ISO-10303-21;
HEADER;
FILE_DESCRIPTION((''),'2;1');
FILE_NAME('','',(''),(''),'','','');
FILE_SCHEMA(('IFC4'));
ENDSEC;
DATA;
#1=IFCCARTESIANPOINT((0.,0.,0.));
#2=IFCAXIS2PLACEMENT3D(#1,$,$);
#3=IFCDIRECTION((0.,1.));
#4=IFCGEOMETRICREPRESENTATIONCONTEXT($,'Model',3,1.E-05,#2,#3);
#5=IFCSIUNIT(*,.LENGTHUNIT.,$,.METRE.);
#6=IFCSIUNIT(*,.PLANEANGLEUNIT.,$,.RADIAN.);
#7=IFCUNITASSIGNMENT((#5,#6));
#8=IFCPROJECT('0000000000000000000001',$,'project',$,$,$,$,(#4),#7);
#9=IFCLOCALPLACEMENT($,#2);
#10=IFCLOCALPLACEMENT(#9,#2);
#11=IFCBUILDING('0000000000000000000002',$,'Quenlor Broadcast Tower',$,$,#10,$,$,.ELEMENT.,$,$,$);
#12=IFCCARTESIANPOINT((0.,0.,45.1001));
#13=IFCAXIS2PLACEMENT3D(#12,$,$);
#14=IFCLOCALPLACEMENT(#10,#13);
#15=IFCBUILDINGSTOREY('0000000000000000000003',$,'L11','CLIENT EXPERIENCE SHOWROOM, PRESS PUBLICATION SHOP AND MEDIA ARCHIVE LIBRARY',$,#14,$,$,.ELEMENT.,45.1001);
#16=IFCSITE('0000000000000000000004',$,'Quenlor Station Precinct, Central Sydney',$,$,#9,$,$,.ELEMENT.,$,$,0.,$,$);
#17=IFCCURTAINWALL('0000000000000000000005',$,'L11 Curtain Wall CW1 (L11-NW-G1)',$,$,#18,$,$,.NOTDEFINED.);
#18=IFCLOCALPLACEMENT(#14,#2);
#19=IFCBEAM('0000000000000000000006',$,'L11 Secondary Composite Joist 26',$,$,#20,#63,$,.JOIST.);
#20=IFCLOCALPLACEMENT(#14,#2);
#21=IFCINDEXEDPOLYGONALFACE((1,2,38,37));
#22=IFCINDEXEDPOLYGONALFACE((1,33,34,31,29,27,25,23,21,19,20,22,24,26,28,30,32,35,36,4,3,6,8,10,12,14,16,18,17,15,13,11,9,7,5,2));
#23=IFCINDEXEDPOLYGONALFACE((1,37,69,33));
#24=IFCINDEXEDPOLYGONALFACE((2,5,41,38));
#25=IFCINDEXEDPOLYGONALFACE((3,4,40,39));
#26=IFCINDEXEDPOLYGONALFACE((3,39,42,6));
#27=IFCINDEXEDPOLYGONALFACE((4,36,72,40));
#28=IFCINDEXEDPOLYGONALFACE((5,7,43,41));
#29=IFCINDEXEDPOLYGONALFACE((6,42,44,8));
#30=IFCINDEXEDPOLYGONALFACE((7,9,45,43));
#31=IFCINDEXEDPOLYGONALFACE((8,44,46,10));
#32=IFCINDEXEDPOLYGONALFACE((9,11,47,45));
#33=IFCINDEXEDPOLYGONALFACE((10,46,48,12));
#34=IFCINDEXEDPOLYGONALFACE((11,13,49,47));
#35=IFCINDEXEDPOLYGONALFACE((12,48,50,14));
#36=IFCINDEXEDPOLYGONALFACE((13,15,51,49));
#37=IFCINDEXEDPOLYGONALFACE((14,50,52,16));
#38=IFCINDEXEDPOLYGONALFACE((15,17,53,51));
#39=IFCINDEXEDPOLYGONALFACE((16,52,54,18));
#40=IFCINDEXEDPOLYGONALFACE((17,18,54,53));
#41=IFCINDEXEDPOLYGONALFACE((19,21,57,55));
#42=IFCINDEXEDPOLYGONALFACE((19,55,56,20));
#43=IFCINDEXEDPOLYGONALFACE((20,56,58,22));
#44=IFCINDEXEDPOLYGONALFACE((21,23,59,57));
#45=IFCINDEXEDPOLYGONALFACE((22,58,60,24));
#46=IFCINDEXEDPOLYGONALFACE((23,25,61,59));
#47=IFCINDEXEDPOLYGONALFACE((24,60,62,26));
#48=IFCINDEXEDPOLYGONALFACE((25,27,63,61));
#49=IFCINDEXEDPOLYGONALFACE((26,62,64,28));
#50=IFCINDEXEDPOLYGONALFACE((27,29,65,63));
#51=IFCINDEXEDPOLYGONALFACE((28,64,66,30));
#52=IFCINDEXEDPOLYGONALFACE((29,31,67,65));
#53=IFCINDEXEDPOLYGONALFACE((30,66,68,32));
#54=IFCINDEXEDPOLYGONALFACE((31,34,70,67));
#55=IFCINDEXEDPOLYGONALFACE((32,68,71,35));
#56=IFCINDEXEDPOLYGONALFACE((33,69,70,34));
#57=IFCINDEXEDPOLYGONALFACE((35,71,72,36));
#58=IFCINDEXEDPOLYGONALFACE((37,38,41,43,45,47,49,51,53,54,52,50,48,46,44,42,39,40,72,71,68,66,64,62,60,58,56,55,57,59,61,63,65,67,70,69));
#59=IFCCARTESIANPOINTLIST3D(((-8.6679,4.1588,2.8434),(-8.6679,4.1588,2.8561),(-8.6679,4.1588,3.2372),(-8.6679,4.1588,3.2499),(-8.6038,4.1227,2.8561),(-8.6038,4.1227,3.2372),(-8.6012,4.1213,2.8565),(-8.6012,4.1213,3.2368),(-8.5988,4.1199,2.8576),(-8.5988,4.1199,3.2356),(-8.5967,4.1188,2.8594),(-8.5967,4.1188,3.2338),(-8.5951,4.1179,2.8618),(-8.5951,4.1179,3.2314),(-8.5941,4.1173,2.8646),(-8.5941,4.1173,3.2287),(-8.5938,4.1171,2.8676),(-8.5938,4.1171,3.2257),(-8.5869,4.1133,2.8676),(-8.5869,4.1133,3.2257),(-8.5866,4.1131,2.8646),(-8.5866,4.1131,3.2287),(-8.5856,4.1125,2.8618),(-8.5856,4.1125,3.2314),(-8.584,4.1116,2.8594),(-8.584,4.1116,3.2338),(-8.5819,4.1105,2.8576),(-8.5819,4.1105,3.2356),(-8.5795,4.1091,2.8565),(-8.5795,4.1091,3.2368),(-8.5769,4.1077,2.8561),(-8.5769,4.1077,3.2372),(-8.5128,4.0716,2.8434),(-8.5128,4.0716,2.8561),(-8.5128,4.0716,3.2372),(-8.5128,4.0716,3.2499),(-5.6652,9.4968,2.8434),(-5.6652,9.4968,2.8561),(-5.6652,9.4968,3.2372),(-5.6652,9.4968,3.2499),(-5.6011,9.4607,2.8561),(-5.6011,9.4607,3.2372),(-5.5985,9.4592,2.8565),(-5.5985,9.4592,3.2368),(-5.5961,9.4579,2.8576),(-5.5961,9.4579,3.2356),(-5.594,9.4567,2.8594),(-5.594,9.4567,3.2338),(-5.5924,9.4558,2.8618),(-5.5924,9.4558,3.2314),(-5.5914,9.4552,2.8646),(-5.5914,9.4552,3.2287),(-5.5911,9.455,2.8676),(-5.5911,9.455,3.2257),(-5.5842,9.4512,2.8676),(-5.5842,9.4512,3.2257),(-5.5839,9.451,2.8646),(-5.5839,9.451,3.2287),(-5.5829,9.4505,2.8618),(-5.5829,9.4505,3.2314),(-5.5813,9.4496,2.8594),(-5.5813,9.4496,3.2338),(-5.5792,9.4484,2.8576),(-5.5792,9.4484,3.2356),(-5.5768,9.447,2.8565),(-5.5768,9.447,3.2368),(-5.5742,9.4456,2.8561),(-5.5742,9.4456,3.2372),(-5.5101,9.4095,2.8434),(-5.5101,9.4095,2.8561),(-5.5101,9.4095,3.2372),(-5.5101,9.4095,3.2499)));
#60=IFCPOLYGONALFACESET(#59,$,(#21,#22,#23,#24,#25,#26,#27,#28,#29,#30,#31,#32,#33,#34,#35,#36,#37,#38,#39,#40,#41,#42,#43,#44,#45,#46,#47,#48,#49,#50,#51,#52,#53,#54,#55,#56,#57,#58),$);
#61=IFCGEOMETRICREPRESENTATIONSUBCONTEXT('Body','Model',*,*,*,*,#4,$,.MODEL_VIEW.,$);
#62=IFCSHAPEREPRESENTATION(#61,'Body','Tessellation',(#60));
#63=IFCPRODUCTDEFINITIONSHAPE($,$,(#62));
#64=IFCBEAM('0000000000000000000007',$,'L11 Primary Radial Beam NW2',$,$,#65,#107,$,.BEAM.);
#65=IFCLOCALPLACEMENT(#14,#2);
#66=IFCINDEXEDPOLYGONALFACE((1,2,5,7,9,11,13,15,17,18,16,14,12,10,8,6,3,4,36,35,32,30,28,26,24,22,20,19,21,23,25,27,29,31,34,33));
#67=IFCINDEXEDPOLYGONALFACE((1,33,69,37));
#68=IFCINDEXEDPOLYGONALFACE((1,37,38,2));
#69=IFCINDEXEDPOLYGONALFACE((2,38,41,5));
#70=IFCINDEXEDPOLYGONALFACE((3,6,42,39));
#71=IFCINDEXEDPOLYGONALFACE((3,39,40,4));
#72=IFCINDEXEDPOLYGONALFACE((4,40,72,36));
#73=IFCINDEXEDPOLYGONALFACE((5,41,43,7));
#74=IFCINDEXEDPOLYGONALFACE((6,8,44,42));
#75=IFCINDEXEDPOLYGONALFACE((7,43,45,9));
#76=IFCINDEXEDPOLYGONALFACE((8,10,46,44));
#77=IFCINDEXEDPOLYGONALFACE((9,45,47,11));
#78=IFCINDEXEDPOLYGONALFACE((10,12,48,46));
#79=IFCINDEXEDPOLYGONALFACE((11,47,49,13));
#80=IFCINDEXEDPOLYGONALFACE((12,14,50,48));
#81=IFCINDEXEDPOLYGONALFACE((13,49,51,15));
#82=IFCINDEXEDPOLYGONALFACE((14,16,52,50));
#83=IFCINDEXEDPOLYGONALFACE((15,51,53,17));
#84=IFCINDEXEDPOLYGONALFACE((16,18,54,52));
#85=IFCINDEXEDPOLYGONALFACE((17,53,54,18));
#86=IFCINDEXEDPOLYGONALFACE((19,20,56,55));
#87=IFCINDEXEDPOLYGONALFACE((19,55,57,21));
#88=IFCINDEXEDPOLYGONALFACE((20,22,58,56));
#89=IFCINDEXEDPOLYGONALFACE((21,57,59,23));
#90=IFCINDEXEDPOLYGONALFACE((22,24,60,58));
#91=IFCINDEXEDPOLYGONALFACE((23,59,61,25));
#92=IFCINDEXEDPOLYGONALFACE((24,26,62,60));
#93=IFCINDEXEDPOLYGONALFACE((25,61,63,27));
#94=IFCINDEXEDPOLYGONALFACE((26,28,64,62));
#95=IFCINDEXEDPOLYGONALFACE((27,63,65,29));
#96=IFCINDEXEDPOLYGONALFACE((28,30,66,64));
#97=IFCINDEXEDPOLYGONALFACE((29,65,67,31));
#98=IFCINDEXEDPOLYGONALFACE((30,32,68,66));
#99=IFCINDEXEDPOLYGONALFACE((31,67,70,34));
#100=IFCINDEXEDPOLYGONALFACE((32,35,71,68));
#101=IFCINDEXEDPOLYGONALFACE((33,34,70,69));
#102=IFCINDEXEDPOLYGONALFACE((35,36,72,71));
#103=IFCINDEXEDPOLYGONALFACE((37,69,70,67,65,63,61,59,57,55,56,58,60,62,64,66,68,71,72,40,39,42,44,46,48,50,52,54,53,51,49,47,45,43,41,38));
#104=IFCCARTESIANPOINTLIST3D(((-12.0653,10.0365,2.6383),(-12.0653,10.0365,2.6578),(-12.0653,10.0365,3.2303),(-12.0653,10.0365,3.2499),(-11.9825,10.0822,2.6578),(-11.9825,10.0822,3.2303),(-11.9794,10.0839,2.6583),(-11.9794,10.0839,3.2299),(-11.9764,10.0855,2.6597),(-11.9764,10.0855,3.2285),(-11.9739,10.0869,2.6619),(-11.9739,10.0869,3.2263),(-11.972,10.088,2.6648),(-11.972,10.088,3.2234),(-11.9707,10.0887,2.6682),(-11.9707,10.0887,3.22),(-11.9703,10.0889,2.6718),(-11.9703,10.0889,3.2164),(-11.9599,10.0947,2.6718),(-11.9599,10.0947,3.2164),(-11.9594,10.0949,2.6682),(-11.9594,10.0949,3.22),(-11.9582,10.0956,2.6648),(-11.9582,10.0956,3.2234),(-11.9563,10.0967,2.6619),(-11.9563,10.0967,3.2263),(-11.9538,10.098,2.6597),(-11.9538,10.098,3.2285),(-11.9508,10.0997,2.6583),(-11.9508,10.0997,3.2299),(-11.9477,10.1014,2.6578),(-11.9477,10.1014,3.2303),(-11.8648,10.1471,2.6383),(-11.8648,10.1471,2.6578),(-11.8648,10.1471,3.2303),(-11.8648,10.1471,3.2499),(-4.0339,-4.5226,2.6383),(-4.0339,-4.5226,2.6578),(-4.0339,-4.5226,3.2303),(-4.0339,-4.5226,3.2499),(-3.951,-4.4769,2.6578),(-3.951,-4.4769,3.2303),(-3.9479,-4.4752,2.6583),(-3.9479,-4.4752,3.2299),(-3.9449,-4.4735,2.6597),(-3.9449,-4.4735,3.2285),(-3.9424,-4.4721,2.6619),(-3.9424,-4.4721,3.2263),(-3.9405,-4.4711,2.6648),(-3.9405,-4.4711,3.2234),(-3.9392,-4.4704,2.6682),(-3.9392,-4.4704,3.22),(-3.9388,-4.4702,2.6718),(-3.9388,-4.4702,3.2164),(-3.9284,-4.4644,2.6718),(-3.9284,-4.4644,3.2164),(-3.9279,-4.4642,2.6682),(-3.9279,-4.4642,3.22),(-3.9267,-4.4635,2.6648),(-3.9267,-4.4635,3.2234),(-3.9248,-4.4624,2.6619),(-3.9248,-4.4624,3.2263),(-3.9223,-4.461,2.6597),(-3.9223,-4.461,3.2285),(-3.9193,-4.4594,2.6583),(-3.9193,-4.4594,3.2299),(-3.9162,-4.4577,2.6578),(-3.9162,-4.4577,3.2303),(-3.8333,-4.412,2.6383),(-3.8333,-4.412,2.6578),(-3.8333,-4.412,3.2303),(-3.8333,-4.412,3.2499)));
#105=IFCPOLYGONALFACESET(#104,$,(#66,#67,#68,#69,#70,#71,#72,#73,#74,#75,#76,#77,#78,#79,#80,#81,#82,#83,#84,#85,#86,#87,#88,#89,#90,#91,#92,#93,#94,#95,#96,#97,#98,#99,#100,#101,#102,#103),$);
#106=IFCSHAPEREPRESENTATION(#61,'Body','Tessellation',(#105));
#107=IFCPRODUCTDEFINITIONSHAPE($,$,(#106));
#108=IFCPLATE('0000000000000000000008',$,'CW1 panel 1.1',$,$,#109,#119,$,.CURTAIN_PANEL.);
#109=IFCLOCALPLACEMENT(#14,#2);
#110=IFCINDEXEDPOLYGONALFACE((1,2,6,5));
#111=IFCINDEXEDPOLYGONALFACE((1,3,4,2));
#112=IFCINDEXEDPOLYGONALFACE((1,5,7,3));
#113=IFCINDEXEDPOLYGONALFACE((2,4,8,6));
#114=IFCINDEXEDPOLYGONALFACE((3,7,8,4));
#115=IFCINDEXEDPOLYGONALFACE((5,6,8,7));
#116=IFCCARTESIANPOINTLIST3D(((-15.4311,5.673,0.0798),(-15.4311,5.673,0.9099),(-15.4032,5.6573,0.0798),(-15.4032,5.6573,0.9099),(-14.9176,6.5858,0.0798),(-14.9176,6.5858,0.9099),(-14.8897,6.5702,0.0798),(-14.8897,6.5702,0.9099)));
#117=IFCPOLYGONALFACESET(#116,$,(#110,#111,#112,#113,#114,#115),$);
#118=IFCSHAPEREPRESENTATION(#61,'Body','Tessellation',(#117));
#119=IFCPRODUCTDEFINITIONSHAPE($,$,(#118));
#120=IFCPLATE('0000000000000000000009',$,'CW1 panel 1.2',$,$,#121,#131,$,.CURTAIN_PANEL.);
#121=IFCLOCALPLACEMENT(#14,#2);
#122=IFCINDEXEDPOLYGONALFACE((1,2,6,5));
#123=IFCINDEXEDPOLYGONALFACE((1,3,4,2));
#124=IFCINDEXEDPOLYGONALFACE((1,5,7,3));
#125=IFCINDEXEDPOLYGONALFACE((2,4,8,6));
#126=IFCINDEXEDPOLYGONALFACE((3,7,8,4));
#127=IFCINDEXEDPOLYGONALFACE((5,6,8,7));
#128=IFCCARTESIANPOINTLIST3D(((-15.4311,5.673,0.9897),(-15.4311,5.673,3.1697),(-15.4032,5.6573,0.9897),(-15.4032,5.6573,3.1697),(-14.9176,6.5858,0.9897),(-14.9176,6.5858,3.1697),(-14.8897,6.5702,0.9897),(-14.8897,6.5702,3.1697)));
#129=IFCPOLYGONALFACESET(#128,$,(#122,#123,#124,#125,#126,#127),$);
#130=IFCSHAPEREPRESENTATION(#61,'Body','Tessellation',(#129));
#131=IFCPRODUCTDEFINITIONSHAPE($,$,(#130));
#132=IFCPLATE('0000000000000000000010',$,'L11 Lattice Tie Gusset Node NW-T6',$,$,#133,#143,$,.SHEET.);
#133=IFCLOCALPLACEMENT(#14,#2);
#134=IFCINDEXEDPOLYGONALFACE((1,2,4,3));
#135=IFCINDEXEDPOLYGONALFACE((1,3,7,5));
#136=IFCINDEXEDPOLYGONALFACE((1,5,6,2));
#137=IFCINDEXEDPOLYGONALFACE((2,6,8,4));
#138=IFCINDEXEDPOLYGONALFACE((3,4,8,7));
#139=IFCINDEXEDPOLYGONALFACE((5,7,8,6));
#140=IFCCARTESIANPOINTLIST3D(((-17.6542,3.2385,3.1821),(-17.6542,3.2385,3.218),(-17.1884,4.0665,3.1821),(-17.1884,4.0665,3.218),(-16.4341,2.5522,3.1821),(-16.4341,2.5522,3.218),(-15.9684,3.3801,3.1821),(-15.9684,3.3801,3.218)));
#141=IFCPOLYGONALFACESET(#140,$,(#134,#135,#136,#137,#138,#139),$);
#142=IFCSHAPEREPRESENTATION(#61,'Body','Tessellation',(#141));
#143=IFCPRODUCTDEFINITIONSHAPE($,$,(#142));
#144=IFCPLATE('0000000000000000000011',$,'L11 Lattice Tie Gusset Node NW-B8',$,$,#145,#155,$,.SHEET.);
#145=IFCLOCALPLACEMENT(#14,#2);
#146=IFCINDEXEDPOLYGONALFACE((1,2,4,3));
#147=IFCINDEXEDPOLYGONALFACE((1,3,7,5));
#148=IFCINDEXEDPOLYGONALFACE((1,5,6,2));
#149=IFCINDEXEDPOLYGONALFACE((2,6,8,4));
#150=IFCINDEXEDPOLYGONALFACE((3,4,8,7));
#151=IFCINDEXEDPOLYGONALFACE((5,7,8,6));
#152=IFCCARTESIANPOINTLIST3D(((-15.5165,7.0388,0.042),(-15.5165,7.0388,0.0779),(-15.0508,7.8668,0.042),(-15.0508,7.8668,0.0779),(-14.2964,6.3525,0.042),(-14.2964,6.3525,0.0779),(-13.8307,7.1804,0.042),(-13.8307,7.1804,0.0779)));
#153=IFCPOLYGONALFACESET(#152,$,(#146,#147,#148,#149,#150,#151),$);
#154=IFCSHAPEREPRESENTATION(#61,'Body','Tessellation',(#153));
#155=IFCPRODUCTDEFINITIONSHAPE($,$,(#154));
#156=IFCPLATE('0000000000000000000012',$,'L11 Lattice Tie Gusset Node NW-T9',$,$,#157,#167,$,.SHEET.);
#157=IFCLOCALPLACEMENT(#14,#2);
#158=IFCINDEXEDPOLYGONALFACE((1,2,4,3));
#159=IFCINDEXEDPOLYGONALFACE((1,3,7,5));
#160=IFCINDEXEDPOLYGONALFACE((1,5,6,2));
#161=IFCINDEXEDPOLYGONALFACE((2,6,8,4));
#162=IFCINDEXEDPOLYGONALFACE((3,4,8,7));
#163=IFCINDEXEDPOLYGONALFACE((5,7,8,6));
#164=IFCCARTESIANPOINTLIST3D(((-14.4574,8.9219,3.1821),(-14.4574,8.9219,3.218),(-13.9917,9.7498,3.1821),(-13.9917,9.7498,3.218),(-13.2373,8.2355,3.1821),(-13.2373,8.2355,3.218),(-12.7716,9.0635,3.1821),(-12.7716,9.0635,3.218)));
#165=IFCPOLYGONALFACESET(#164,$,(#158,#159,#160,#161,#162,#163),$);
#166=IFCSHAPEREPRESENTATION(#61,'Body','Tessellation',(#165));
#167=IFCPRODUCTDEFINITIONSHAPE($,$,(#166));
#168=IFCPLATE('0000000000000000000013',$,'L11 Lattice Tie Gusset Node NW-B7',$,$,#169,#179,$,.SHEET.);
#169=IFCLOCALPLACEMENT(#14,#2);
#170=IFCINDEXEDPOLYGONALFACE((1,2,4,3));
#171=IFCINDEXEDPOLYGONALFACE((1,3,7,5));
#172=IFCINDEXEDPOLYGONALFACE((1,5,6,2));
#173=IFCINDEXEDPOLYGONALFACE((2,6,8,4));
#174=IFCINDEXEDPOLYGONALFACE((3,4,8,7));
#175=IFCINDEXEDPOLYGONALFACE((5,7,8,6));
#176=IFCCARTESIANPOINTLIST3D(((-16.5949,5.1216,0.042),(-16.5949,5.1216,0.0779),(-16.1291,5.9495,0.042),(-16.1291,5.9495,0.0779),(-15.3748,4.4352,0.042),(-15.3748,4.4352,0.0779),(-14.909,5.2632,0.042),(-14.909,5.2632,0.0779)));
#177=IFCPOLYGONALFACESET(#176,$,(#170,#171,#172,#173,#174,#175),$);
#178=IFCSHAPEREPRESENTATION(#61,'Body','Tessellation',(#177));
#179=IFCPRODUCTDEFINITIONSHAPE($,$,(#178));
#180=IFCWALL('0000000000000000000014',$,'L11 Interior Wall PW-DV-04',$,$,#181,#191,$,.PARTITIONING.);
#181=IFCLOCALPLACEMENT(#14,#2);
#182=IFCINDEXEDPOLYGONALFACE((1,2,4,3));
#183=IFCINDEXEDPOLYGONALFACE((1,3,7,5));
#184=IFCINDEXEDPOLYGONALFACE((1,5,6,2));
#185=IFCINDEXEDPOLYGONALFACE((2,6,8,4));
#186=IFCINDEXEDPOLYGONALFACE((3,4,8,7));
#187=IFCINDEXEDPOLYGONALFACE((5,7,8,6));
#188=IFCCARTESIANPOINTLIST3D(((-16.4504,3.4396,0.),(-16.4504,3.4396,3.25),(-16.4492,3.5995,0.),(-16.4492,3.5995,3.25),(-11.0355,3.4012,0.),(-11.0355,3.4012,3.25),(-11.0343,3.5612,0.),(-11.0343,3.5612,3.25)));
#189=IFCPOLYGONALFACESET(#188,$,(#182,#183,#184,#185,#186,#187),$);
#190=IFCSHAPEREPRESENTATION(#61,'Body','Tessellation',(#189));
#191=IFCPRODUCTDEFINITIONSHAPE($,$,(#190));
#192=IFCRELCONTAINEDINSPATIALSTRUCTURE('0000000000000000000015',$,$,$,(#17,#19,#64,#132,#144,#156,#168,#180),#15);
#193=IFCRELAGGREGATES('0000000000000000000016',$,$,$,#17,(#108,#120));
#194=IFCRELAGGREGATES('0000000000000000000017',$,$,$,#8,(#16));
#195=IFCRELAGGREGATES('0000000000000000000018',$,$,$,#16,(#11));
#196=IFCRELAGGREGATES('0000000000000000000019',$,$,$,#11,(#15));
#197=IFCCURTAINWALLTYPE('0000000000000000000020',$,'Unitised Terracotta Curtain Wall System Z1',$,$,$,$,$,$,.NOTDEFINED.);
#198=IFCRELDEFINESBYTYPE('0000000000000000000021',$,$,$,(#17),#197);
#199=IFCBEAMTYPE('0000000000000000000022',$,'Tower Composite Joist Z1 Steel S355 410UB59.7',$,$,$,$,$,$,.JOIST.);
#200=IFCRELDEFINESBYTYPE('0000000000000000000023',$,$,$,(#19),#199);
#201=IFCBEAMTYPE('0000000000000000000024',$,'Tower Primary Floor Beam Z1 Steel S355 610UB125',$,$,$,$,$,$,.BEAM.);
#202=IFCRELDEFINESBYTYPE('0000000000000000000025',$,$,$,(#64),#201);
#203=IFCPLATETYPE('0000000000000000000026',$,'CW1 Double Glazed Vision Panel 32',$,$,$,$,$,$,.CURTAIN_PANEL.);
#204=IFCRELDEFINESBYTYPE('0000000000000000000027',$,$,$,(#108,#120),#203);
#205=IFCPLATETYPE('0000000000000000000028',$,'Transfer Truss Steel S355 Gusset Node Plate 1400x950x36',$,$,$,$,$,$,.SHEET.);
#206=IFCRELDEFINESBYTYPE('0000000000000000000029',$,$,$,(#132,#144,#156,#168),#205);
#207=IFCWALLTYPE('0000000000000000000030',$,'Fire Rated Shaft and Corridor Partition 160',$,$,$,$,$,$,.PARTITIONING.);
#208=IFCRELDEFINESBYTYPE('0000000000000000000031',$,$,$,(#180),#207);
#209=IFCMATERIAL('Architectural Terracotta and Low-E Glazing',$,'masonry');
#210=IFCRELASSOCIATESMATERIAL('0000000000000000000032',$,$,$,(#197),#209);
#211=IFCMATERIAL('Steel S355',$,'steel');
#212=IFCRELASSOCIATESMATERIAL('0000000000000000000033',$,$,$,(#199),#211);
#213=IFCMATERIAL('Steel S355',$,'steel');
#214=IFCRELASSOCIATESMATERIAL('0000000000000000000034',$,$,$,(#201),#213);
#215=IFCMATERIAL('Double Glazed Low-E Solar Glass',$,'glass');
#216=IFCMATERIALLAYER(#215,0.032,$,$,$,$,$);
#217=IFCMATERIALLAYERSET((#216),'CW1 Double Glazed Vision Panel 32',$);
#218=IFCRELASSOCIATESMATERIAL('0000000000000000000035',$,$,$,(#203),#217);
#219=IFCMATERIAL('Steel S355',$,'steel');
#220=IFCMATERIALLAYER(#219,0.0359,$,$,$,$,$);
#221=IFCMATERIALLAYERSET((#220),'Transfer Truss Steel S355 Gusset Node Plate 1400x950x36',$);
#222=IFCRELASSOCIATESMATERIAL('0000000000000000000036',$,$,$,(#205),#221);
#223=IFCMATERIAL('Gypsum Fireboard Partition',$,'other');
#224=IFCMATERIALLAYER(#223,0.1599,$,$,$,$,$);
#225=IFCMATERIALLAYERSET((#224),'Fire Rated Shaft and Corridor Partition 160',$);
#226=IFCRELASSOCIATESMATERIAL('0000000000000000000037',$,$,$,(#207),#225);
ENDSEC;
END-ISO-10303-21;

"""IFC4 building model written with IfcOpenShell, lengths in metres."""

from ifc_helpers import new_model, si_unit, direction, frame, frame_2d, origin, origin_2d, place, context, subcontext, project, spatial, rectangle, i_section, extrude, material, layer, layer_set, material_profile, profile_set, type_object, element, aggregate, save


model = new_model("IFC4")

# Units and contexts
model_context = context("Model", 3, precision=1e-05, world=origin(), true_north=direction((0.0, 1.0)))
body_context = subcontext(model_context, "Body", "Model", "MODEL_VIEW")
ifc_project = project(units=[si_unit("LENGTHUNIT", "METRE"), si_unit("PLANEANGLEUNIT", "RADIAN")], contexts=[model_context])

# Site, building, storey
site_placement = place(None, origin())
site = spatial("IfcSite", under=ifc_project, at=site_placement, Name="Quenlor Station Precinct, Central Sydney", CompositionType="ELEMENT", RefElevation=0.0)
building_placement = place(site_placement, origin())
building = spatial("IfcBuilding", under=site, at=building_placement, Name="Quenlor Broadcast Tower", CompositionType="ELEMENT")
storey_placement = place(building_placement, frame((0.0, 0.0, 45.1001)))
storey = spatial("IfcBuildingStorey", under=building, at=storey_placement, Name="L11", Description="CLIENT EXPERIENCE SHOWROOM, PRESS PUBLICATION SHOP AND MEDIA ARCHIVE LIBRARY", CompositionType="ELEMENT", Elevation=45.1001)

# Curtain wall
ifc_material_1 = material(Name="Architectural Terracotta and Low-E Glazing", Category="masonry")
curtain_wall_type = type_object("IfcCurtainWallType", Name="Unitised Terracotta Curtain Wall System Z1", PredefinedType="NOTDEFINED", material=ifc_material_1)
curtain_wall_placement = place(storey_placement, origin())
curtain_wall = element("IfcCurtainWall", 1, at=curtain_wall_placement, inside=storey, type_object=curtain_wall_type, Name="L11 Curtain Wall CW1 (L11-NW-G1)", PredefinedType="NOTDEFINED")

# Beams
ifc_material_2 = material(Name="Steel S355", Category="steel")
ifc_material_profile_1 = material_profile(ifc_material_2, i_section(OverallWidth=0.178, OverallDepth=0.4065, WebThickness=0.0078, FlangeThickness=0.0127, FilletRadius=0.0115, at=origin_2d()))
ifc_profile_set_1 = profile_set([ifc_material_profile_1], Name="Steel S355 410UB59.7")
beam_type_1 = type_object("IfcBeamType", Name="Tower Composite Joist Z1 Steel S355 410UB59.7", PredefinedType="JOIST", material=ifc_profile_set_1)
beam_1_placement = place(storey_placement, frame((-5.5876, 9.4531, 3.0466), z_axis=(-0.490276, -0.871567, 0.0), x_axis=(0.871567, -0.490276, 0.0)))
element("IfcBeam", 2, at=beam_1_placement, inside=storey, type_object=beam_type_1, Name="L11 Secondary Composite Joist 26", PredefinedType="JOIST", context=body_context, shape_type="SweptSolid", body=[
    extrude(i_section(OverallWidth=0.178, OverallDepth=0.4065, WebThickness=0.0078, FlangeThickness=0.0127, FilletRadius=0.0115, at=origin_2d()), origin(), (0.0, 0.0, 1.0), 6.1245),
])
ifc_material_3 = material(Name="Steel S355", Category="steel")
ifc_material_profile_2 = material_profile(ifc_material_3, i_section(OverallWidth=0.229, OverallDepth=0.6116, WebThickness=0.012, FlangeThickness=0.0195, FilletRadius=0.0139, at=origin_2d()))
ifc_profile_set_2 = profile_set([ifc_material_profile_2], Name="Steel S355 610UB125")
beam_type_2 = type_object("IfcBeamType", Name="Tower Primary Floor Beam Z1 Steel S355 610UB125", PredefinedType="BEAM", material=ifc_profile_set_2)
beam_2_placement = place(storey_placement, frame((-11.9651, 10.0918, 2.9441), z_axis=(0.483026, -0.875606, 0.0), x_axis=(0.875606, 0.483026, 0.0)))
element("IfcBeam", 3, at=beam_2_placement, inside=storey, type_object=beam_type_2, Name="L11 Primary Radial Beam NW2", PredefinedType="BEAM", context=body_context, shape_type="SweptSolid", body=[
    extrude(i_section(OverallWidth=0.229, OverallDepth=0.6116, WebThickness=0.012, FlangeThickness=0.0195, FilletRadius=0.0139, at=origin_2d()), origin(), (0.0, 0.0, 1.0), 16.6274),
])

# Plates
ifc_material_4 = material(Name="Double Glazed Low-E Solar Glass", Category="glass")
ifc_layer_1 = layer(ifc_material_4, 0.032)
ifc_layer_set_1 = layer_set([ifc_layer_1], Name="CW1 Double Glazed Vision Panel 32")
plate_type_1 = type_object("IfcPlateType", Name="CW1 Double Glazed Vision Panel 32", PredefinedType="CURTAIN_PANEL", material=ifc_layer_set_1)
plate_1_placement = place(storey_placement, frame((-15.1604, 6.1216, 0.0798), z_axis=(0.0, 0.0, 1.0), x_axis=(0.490277, 0.871567, 0.0)))
plate_1 = element("IfcPlate", 4, at=plate_1_placement, type_object=plate_type_1, Name="CW1 panel 1.1", PredefinedType="CURTAIN_PANEL", context=body_context, shape_type="SweptSolid", body=[
    extrude(rectangle(XDim=1.0474, YDim=0.032, at=origin_2d()), origin(), (0.0, 0.0, 1.0), 0.8301),
])
plate_2_placement = place(storey_placement, frame((-15.1604, 6.1216, 0.9897), z_axis=(0.0, 0.0, 1.0), x_axis=(0.490277, 0.871567, 0.0)))
plate_2 = element("IfcPlate", 5, at=plate_2_placement, type_object=plate_type_1, Name="CW1 panel 1.2", PredefinedType="CURTAIN_PANEL", context=body_context, shape_type="SweptSolid", body=[
    extrude(rectangle(XDim=1.0474, YDim=0.032, at=origin_2d()), origin(), (0.0, 0.0, 1.0), 2.1799),
])
aggregate(curtain_wall, [plate_1, plate_2])

# Plates
ifc_material_5 = material(Name="Steel S355", Category="steel")
ifc_layer_2 = layer(ifc_material_5, 0.0359)
ifc_layer_set_2 = layer_set([ifc_layer_2], Name="Transfer Truss Steel S355 Gusset Node Plate 1400x950x36")
plate_type_2 = type_object("IfcPlateType", Name="Transfer Truss Steel S355 Gusset Node Plate 1400x950x36", PredefinedType="SHEET", material=ifc_layer_set_2)
for number, where, z_axis, x_axis, name in (
    (6, (-16.8113, 3.3093, 3.1821), (0.0, 0.0, 1.0), (-0.871556, 0.490295, 0.0), "L11 Lattice Tie Gusset Node NW-T6"),
    (7, (-14.6736, 7.1096, 0.042), (0.0, 0.0, 1.0), (-0.871556, 0.490295, 0.0), "L11 Lattice Tie Gusset Node NW-B8"),
    (8, (-13.6145, 8.9927, 3.1821), (0.0, 0.0, 1.0), (-0.871556, 0.490295, 0.0), "L11 Lattice Tie Gusset Node NW-T9"),
    (9, (-15.752, 5.1924, 0.042), (0.0, 0.0, 1.0), (-0.871556, 0.490295, 0.0), "L11 Lattice Tie Gusset Node NW-B7"),
):
    element("IfcPlate", number, at=place(storey_placement, frame(where, z_axis=z_axis, x_axis=x_axis)), inside=storey, type_object=plate_type_2, Name=name, PredefinedType="SHEET", context=body_context, shape_type="SweptSolid", body=[
        extrude(rectangle(XDim=1.3999, YDim=0.95, at=origin_2d()), origin(), (0.0, 0.0, 1.0), 0.0359),
    ])

# Wall
ifc_material_6 = material(Name="Gypsum Fireboard Partition", Category="other")
ifc_layer_3 = layer(ifc_material_6, 0.1599)
ifc_layer_set_3 = layer_set([ifc_layer_3], Name="Fire Rated Shaft and Corridor Partition 160")
wall_type_1 = type_object("IfcWallType", Name="Fire Rated Shaft and Corridor Partition 160", PredefinedType="PARTITIONING", material=ifc_layer_set_3)
wall_1_placement = place(storey_placement, frame((-11.0349, 3.4812, 0.0), z_axis=(0.0, 0.0, 1.0), x_axis=(-0.999975, 0.007079, 0.0)))
element("IfcWall", 10, at=wall_1_placement, inside=storey, type_object=wall_type_1, Name="L11 Interior Wall PW-DV-04", PredefinedType="PARTITIONING", context=body_context, shape_type="SweptSolid", body=[
    extrude(rectangle(XDim=5.415, YDim=0.1599, at=frame_2d((2.7075, 0.0))), origin(), (0.0, 0.0, 1.0), 3.25),
])

save(model, "model.ifc")
